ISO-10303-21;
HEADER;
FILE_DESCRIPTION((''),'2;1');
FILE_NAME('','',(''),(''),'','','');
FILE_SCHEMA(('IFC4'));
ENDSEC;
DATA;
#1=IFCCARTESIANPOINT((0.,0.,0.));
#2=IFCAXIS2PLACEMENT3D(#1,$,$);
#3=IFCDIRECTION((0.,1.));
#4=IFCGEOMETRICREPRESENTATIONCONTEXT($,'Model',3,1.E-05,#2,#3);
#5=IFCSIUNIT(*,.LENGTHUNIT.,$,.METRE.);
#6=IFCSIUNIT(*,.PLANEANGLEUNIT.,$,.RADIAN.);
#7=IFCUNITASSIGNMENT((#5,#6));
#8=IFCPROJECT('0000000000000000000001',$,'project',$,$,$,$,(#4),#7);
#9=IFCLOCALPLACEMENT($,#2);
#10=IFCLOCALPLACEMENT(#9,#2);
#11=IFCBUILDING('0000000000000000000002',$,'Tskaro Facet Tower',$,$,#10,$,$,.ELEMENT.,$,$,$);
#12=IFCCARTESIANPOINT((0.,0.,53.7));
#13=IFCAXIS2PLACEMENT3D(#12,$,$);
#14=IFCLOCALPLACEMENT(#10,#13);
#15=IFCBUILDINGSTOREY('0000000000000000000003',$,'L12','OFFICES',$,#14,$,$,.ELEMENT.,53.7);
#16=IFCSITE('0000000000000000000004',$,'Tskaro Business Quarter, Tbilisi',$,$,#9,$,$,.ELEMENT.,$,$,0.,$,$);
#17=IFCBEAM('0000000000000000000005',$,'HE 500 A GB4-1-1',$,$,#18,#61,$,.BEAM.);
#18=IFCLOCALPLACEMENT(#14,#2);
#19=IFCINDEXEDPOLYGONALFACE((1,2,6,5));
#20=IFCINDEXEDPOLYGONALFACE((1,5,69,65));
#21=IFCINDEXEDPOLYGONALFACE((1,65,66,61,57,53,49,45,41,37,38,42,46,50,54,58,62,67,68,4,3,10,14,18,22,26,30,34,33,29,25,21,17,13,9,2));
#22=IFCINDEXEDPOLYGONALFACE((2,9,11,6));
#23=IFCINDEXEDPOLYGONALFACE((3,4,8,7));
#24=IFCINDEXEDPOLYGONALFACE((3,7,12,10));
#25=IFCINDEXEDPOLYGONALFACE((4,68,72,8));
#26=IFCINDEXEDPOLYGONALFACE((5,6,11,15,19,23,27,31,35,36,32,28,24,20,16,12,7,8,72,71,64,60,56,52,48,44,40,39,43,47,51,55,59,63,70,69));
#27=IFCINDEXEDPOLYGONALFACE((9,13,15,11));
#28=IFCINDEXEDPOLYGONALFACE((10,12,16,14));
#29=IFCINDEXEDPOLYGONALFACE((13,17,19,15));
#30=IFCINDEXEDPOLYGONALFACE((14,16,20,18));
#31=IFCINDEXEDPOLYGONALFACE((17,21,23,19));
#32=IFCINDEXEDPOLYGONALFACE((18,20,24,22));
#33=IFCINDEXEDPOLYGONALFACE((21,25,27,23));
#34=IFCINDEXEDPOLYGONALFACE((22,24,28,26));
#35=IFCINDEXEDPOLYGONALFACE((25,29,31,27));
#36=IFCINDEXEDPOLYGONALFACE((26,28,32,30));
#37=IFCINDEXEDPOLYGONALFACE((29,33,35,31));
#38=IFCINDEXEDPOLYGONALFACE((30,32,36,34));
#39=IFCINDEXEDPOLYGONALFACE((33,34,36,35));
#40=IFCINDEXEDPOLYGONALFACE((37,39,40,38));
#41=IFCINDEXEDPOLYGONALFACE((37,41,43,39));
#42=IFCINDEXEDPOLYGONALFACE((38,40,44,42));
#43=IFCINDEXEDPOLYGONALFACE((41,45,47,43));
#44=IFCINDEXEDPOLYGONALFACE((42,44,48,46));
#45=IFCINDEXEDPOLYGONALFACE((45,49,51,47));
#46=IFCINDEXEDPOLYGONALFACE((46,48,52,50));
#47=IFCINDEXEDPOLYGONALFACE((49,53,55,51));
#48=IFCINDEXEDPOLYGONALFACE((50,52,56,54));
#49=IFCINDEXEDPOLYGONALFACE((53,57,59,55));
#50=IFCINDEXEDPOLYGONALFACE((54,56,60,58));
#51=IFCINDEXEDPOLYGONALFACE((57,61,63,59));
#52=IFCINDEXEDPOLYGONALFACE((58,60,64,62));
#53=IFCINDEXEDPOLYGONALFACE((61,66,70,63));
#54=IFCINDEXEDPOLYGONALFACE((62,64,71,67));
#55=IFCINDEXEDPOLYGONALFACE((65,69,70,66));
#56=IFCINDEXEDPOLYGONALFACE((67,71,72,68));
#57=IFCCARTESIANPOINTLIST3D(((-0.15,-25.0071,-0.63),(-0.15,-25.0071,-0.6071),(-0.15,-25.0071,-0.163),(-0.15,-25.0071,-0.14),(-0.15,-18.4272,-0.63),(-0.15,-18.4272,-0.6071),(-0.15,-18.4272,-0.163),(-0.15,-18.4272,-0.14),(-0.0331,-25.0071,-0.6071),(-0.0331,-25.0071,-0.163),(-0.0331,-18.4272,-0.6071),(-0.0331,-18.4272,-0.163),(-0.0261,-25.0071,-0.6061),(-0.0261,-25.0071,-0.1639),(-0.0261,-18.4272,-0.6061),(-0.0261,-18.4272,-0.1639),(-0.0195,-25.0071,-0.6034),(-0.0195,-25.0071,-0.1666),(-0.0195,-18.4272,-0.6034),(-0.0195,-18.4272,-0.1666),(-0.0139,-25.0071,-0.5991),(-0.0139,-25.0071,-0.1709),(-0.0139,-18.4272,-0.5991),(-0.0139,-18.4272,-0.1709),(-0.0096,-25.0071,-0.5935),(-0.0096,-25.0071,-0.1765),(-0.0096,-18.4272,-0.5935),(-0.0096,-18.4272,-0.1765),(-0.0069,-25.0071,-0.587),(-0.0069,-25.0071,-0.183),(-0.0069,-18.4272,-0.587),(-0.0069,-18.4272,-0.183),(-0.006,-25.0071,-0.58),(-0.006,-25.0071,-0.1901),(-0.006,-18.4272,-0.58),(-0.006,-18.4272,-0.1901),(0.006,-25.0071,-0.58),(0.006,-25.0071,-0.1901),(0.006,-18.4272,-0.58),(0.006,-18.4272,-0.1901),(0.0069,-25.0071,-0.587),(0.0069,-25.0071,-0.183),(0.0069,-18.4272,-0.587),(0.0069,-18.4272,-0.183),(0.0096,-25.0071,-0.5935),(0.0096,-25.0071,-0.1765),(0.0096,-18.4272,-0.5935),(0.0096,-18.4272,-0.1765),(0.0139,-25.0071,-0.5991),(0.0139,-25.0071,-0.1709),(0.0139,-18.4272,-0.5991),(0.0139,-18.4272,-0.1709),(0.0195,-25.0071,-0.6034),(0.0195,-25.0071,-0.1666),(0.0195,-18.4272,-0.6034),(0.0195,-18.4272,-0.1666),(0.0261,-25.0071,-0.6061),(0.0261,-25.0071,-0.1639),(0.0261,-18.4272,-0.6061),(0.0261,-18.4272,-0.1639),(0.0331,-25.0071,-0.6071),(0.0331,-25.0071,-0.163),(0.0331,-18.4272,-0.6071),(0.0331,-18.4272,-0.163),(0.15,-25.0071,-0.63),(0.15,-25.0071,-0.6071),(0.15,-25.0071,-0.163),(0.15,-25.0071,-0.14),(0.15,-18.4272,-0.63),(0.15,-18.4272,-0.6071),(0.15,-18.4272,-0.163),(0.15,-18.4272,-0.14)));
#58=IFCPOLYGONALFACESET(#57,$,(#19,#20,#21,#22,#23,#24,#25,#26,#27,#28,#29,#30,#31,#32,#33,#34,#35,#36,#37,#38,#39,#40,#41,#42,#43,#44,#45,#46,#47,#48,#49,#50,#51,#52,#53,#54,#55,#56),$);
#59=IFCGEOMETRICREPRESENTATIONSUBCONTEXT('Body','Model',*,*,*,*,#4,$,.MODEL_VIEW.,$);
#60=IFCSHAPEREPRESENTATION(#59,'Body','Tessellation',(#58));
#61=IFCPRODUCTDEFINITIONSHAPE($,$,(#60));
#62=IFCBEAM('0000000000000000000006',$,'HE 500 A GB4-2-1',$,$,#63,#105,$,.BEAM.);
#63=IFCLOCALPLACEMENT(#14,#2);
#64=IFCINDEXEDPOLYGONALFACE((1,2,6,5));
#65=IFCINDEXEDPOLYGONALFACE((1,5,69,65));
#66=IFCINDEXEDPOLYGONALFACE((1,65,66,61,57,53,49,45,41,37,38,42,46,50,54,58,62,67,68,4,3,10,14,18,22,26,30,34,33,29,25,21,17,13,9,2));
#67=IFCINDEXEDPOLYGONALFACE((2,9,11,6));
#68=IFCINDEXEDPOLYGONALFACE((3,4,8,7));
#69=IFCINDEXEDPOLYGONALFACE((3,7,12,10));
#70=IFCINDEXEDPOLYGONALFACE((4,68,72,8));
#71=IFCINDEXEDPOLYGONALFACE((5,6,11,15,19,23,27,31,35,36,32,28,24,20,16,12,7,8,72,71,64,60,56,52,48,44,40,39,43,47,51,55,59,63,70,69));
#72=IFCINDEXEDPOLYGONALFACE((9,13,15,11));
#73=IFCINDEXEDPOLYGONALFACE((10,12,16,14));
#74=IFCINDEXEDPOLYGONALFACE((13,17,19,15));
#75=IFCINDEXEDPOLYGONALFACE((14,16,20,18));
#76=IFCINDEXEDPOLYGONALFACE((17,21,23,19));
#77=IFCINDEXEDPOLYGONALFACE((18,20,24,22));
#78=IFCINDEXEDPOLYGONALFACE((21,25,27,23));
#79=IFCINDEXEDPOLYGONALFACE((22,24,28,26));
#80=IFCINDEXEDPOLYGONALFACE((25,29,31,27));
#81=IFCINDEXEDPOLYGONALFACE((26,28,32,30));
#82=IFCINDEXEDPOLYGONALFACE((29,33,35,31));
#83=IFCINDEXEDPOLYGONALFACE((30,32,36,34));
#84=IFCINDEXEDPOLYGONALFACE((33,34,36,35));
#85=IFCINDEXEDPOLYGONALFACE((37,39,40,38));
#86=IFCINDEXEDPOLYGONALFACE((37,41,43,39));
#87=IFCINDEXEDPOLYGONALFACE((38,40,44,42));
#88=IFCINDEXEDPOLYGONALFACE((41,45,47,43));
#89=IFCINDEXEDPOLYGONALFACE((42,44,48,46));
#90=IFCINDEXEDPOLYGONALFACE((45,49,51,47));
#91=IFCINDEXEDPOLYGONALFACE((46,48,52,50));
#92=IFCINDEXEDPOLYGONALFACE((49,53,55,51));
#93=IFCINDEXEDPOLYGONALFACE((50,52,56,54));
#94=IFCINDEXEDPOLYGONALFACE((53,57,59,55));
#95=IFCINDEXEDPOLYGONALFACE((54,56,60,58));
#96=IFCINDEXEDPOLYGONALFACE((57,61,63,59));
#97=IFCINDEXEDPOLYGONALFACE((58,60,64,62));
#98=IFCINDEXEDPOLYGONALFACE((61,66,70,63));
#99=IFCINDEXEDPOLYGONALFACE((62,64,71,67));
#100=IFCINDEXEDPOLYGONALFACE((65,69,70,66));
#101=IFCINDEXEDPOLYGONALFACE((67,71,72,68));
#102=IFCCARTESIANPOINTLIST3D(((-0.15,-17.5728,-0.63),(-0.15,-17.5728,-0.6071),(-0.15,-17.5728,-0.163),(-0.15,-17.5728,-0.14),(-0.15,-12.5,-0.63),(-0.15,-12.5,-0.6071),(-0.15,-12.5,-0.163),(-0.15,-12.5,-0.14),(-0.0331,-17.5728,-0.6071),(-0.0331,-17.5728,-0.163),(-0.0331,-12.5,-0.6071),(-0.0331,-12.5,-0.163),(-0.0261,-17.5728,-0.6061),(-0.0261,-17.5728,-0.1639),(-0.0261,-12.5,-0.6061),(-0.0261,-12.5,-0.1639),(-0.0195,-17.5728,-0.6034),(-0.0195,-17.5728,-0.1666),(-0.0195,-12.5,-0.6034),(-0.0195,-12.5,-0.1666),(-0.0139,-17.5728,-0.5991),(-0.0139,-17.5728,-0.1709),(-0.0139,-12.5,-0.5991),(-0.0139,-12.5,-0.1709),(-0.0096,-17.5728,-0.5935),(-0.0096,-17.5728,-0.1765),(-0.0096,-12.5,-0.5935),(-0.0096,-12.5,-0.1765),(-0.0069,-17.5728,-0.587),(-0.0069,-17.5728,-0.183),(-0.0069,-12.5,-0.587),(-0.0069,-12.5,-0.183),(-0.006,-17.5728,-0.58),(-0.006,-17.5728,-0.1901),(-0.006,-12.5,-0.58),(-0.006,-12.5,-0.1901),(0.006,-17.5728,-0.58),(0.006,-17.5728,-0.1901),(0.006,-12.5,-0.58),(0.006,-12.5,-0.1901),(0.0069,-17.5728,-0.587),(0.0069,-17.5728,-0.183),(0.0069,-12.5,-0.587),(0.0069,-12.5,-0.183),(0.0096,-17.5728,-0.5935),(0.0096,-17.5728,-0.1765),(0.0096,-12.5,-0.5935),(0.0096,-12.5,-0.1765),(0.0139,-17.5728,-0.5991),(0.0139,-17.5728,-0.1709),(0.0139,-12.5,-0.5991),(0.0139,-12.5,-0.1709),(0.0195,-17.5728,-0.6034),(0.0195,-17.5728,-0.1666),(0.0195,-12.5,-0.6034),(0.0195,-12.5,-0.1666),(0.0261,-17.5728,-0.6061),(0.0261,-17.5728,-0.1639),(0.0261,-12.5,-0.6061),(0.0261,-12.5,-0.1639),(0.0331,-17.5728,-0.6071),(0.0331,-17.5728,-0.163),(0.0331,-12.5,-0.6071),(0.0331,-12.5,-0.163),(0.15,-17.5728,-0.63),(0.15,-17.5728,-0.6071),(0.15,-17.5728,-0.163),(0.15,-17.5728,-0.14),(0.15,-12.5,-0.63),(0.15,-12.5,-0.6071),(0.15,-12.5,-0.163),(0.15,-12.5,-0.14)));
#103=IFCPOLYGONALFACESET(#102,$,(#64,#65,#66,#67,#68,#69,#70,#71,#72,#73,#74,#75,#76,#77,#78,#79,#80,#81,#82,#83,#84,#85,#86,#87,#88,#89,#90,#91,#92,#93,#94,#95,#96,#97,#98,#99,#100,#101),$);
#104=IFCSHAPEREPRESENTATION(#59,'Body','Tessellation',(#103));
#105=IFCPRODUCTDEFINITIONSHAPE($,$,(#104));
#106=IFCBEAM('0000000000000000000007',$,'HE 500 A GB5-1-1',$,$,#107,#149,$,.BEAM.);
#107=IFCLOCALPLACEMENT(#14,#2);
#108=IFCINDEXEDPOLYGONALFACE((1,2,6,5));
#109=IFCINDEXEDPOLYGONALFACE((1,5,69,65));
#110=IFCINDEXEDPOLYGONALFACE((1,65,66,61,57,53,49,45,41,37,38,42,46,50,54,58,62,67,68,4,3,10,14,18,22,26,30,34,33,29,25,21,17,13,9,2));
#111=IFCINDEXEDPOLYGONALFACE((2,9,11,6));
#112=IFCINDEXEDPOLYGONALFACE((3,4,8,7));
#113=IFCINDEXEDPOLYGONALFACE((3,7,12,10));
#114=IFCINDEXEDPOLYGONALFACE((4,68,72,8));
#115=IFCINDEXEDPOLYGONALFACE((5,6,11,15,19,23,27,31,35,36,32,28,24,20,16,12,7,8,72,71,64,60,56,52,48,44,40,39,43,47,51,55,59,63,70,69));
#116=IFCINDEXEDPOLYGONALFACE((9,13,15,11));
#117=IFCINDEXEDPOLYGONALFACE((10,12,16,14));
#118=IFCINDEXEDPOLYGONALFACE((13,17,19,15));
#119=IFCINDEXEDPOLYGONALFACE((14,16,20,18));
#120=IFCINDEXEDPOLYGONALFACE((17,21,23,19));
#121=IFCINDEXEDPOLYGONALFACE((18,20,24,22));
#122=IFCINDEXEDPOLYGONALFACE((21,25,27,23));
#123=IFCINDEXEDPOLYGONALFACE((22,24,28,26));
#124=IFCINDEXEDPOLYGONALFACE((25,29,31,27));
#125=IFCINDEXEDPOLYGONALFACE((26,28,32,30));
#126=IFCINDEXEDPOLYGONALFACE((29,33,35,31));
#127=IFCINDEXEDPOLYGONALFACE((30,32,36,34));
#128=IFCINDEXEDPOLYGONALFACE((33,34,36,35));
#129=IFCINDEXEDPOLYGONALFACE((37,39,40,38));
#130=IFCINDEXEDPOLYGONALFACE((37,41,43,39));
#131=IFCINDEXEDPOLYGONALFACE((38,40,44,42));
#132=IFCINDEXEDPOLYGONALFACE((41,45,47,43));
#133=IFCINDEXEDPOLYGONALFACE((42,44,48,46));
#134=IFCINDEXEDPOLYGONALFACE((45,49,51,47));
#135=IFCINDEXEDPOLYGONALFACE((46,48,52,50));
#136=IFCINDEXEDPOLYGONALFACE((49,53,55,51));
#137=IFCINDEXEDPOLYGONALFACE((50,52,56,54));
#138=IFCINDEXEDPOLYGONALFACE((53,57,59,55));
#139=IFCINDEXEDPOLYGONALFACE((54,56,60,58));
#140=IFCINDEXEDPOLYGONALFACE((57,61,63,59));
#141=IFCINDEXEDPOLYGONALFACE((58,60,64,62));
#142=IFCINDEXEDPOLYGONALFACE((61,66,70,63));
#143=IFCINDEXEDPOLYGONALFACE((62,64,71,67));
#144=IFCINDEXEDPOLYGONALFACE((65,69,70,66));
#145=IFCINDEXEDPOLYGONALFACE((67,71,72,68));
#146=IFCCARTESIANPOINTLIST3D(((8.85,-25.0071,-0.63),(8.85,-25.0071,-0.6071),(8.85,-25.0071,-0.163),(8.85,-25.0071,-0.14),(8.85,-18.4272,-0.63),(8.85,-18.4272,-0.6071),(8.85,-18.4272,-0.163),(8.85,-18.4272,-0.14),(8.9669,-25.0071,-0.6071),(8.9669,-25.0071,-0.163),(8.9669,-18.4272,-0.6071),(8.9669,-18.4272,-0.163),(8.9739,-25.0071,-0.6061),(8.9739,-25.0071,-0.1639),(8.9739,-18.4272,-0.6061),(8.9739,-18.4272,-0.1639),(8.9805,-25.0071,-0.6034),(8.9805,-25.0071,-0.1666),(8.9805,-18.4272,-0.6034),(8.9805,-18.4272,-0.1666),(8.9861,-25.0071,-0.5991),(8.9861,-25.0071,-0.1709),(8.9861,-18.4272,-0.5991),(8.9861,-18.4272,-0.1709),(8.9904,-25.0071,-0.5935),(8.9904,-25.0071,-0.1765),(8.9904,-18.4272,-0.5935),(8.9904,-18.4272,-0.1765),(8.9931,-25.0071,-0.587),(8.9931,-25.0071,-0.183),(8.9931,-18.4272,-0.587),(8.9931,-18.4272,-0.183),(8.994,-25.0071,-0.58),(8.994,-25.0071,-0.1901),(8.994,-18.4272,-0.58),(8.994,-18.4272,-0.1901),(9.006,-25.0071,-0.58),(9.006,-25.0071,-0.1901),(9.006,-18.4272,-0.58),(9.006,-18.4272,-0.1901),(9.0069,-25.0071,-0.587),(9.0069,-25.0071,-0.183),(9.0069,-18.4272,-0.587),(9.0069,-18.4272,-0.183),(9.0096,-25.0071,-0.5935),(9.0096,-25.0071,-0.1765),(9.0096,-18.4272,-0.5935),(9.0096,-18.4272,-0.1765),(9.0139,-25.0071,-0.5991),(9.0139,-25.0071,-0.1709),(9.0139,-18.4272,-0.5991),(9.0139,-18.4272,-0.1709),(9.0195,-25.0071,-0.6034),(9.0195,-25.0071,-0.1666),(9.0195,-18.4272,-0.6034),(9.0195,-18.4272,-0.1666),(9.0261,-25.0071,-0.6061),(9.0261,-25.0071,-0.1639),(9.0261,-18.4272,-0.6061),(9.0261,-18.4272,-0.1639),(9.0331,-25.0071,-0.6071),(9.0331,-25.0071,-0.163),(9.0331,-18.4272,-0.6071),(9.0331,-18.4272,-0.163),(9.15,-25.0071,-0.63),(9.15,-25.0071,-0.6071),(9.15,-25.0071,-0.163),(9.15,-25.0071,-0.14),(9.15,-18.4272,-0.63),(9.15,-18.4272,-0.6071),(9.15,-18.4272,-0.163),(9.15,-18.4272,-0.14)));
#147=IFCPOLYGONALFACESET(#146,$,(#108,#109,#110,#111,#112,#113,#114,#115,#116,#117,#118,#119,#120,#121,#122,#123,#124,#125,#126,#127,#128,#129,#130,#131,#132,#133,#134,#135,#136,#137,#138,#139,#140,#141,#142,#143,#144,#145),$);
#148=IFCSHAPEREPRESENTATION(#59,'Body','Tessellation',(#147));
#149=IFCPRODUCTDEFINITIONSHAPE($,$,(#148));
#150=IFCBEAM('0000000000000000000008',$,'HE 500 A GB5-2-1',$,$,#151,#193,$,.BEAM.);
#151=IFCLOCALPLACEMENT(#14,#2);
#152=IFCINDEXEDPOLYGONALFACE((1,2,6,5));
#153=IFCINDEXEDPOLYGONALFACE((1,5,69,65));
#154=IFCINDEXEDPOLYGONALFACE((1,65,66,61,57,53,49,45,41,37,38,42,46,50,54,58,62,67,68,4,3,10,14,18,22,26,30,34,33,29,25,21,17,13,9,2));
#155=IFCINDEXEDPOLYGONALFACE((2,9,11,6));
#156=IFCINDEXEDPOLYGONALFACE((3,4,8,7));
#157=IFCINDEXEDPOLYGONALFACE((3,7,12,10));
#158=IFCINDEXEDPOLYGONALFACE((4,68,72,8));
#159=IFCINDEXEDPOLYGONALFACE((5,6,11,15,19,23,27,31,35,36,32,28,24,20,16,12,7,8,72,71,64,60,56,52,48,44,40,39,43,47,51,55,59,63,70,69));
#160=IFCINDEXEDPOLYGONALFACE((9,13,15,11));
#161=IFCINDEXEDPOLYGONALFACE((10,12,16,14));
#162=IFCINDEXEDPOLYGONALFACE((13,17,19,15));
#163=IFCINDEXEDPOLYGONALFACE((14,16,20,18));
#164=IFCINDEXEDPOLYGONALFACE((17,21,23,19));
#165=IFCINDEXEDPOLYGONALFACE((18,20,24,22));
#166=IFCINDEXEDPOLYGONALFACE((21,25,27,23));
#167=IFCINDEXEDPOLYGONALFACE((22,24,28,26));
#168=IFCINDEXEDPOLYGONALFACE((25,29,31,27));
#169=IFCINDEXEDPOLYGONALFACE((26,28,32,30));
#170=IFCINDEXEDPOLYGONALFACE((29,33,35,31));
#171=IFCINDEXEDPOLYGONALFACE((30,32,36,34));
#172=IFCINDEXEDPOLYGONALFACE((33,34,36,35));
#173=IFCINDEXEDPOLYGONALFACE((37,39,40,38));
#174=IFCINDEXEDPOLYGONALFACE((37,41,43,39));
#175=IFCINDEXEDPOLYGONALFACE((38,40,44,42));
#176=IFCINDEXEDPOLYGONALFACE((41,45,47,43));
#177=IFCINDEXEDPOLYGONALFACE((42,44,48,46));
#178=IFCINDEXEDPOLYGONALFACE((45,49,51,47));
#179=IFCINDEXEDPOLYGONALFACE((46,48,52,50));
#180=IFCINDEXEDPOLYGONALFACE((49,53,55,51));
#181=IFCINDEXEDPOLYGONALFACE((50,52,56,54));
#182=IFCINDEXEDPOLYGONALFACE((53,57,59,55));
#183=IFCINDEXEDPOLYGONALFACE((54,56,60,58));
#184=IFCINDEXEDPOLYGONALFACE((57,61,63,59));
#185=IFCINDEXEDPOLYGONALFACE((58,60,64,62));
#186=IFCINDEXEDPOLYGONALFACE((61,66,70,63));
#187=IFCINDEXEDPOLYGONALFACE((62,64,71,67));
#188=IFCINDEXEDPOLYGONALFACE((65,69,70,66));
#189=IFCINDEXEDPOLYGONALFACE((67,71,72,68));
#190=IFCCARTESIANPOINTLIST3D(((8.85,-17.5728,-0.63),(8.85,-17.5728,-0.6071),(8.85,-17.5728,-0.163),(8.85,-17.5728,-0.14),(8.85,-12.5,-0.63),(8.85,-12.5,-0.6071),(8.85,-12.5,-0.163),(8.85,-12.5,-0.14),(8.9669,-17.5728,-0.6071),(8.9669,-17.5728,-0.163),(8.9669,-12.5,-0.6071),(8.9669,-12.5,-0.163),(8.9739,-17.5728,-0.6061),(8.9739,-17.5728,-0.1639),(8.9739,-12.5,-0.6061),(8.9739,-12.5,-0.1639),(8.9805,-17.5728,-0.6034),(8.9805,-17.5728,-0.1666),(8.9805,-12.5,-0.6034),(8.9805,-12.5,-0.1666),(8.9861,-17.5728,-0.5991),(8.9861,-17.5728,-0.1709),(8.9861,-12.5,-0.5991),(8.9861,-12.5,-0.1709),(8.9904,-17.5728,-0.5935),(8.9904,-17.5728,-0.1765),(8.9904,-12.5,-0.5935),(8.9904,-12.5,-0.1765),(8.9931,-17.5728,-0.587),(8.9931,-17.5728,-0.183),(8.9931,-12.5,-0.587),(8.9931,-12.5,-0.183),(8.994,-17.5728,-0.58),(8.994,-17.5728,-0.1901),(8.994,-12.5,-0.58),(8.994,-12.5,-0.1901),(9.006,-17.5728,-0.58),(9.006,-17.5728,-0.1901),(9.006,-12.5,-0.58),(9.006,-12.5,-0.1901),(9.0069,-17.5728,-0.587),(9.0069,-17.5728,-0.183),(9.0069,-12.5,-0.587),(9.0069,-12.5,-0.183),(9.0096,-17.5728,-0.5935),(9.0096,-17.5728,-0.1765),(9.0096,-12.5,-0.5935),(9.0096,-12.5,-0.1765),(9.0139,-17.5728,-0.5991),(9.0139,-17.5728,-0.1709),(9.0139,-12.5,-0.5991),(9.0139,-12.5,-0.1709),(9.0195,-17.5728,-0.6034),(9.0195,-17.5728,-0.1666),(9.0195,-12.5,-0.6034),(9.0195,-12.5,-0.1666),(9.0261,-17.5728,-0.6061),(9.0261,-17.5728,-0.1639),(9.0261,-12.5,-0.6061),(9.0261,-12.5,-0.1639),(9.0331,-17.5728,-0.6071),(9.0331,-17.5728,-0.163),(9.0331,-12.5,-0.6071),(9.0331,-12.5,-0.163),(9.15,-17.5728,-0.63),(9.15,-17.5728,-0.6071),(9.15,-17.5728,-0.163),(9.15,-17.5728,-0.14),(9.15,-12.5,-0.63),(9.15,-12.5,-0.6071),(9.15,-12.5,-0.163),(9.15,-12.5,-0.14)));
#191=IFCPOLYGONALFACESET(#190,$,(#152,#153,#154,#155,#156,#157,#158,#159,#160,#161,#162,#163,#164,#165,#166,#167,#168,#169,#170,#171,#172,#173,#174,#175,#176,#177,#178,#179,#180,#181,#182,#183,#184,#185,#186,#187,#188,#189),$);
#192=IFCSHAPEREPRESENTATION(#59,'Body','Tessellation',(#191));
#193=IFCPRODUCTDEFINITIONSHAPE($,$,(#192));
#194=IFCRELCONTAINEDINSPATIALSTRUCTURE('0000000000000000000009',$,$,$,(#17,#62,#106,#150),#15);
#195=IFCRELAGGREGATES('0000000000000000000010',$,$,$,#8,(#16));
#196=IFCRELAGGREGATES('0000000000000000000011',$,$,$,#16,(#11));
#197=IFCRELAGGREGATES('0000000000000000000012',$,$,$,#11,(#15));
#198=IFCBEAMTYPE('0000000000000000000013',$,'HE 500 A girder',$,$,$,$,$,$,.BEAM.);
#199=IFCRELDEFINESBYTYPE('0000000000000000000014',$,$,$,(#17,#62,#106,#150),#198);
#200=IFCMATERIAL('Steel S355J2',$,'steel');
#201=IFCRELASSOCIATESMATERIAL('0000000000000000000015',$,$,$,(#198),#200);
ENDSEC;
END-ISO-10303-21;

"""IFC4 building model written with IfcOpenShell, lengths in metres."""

from ifc_helpers import new_model, si_unit, direction, frame, origin, origin_2d, place, context, subcontext, project, spatial, i_section, extrude, material, material_profile, profile_set, type_object, element, save


model = new_model("IFC4")

# Units and contexts
model_context = context("Model", 3, precision=1e-05, world=origin(), true_north=direction((0.0, 1.0)))
body_context = subcontext(model_context, "Body", "Model", "MODEL_VIEW")
ifc_project = project(units=[si_unit("LENGTHUNIT", "METRE"), si_unit("PLANEANGLEUNIT", "RADIAN")], contexts=[model_context])

# Site, building, storey
site_placement = place(None, origin())
site = spatial("IfcSite", under=ifc_project, at=site_placement, Name="Tskaro Business Quarter, Tbilisi", CompositionType="ELEMENT", RefElevation=0.0)
building_placement = place(site_placement, origin())
building = spatial("IfcBuilding", under=site, at=building_placement, Name="Tskaro Facet Tower", CompositionType="ELEMENT")
storey_placement = place(building_placement, frame((0.0, 0.0, 53.7)))
storey = spatial("IfcBuildingStorey", under=building, at=storey_placement, Name="L12", Description="OFFICES", CompositionType="ELEMENT", Elevation=53.7)

# Beams
ifc_material_1 = material(Name="Steel S355J2", Category="steel")
ifc_material_profile_1 = material_profile(ifc_material_1, i_section(OverallWidth=0.3, OverallDepth=0.49, WebThickness=0.012, FlangeThickness=0.0229, FilletRadius=0.0271, at=origin_2d()), Name="HE 500 A")
ifc_profile_set_1 = profile_set([ifc_material_profile_1], Name="Steel S355J2")
beam_type_1 = type_object("IfcBeamType", Name="HE 500 A girder", PredefinedType="BEAM", material=ifc_profile_set_1)
beam_1_placement = place(storey_placement, frame((0.0, -25.0071, -0.385), z_axis=(0.0, 1.0, 0.0), x_axis=(-1.0, 0.0, 0.0)))
element("IfcBeam", 1, at=beam_1_placement, inside=storey, type_object=beam_type_1, Name="HE 500 A GB4-1-1", PredefinedType="BEAM", context=body_context, shape_type="SweptSolid", body=[
    extrude(i_section(OverallWidth=0.3, OverallDepth=0.49, WebThickness=0.012, FlangeThickness=0.0229, FilletRadius=0.0271, at=origin_2d()), origin(), (0.0, 0.0, 1.0), 6.5798),
])
beam_2_placement = place(storey_placement, frame((0.0, -17.5728, -0.385), z_axis=(0.0, 1.0, 0.0), x_axis=(-1.0, 0.0, 0.0)))
element("IfcBeam", 2, at=beam_2_placement, inside=storey, type_object=beam_type_1, Name="HE 500 A GB4-2-1", PredefinedType="BEAM", context=body_context, shape_type="SweptSolid", body=[
    extrude(i_section(OverallWidth=0.3, OverallDepth=0.49, WebThickness=0.012, FlangeThickness=0.0229, FilletRadius=0.0271, at=origin_2d()), origin(), (0.0, 0.0, 1.0), 5.0728),
])
beam_3_placement = place(storey_placement, frame((9.0, -25.0071, -0.385), z_axis=(0.0, 1.0, 0.0), x_axis=(-1.0, 0.0, 0.0)))
element("IfcBeam", 3, at=beam_3_placement, inside=storey, type_object=beam_type_1, Name="HE 500 A GB5-1-1", PredefinedType="BEAM", context=body_context, shape_type="SweptSolid", body=[
    extrude(i_section(OverallWidth=0.3, OverallDepth=0.49, WebThickness=0.012, FlangeThickness=0.0229, FilletRadius=0.0271, at=origin_2d()), origin(), (0.0, 0.0, 1.0), 6.5798),
])
beam_4_placement = place(storey_placement, frame((9.0, -17.5728, -0.385), z_axis=(0.0, 1.0, 0.0), x_axis=(-1.0, 0.0, 0.0)))
element("IfcBeam", 4, at=beam_4_placement, inside=storey, type_object=beam_type_1, Name="HE 500 A GB5-2-1", PredefinedType="BEAM", context=body_context, shape_type="SweptSolid", body=[
    extrude(i_section(OverallWidth=0.3, OverallDepth=0.49, WebThickness=0.012, FlangeThickness=0.0229, FilletRadius=0.0271, at=origin_2d()), origin(), (0.0, 0.0, 1.0), 5.0728),
])

save(model, "model.ifc")
